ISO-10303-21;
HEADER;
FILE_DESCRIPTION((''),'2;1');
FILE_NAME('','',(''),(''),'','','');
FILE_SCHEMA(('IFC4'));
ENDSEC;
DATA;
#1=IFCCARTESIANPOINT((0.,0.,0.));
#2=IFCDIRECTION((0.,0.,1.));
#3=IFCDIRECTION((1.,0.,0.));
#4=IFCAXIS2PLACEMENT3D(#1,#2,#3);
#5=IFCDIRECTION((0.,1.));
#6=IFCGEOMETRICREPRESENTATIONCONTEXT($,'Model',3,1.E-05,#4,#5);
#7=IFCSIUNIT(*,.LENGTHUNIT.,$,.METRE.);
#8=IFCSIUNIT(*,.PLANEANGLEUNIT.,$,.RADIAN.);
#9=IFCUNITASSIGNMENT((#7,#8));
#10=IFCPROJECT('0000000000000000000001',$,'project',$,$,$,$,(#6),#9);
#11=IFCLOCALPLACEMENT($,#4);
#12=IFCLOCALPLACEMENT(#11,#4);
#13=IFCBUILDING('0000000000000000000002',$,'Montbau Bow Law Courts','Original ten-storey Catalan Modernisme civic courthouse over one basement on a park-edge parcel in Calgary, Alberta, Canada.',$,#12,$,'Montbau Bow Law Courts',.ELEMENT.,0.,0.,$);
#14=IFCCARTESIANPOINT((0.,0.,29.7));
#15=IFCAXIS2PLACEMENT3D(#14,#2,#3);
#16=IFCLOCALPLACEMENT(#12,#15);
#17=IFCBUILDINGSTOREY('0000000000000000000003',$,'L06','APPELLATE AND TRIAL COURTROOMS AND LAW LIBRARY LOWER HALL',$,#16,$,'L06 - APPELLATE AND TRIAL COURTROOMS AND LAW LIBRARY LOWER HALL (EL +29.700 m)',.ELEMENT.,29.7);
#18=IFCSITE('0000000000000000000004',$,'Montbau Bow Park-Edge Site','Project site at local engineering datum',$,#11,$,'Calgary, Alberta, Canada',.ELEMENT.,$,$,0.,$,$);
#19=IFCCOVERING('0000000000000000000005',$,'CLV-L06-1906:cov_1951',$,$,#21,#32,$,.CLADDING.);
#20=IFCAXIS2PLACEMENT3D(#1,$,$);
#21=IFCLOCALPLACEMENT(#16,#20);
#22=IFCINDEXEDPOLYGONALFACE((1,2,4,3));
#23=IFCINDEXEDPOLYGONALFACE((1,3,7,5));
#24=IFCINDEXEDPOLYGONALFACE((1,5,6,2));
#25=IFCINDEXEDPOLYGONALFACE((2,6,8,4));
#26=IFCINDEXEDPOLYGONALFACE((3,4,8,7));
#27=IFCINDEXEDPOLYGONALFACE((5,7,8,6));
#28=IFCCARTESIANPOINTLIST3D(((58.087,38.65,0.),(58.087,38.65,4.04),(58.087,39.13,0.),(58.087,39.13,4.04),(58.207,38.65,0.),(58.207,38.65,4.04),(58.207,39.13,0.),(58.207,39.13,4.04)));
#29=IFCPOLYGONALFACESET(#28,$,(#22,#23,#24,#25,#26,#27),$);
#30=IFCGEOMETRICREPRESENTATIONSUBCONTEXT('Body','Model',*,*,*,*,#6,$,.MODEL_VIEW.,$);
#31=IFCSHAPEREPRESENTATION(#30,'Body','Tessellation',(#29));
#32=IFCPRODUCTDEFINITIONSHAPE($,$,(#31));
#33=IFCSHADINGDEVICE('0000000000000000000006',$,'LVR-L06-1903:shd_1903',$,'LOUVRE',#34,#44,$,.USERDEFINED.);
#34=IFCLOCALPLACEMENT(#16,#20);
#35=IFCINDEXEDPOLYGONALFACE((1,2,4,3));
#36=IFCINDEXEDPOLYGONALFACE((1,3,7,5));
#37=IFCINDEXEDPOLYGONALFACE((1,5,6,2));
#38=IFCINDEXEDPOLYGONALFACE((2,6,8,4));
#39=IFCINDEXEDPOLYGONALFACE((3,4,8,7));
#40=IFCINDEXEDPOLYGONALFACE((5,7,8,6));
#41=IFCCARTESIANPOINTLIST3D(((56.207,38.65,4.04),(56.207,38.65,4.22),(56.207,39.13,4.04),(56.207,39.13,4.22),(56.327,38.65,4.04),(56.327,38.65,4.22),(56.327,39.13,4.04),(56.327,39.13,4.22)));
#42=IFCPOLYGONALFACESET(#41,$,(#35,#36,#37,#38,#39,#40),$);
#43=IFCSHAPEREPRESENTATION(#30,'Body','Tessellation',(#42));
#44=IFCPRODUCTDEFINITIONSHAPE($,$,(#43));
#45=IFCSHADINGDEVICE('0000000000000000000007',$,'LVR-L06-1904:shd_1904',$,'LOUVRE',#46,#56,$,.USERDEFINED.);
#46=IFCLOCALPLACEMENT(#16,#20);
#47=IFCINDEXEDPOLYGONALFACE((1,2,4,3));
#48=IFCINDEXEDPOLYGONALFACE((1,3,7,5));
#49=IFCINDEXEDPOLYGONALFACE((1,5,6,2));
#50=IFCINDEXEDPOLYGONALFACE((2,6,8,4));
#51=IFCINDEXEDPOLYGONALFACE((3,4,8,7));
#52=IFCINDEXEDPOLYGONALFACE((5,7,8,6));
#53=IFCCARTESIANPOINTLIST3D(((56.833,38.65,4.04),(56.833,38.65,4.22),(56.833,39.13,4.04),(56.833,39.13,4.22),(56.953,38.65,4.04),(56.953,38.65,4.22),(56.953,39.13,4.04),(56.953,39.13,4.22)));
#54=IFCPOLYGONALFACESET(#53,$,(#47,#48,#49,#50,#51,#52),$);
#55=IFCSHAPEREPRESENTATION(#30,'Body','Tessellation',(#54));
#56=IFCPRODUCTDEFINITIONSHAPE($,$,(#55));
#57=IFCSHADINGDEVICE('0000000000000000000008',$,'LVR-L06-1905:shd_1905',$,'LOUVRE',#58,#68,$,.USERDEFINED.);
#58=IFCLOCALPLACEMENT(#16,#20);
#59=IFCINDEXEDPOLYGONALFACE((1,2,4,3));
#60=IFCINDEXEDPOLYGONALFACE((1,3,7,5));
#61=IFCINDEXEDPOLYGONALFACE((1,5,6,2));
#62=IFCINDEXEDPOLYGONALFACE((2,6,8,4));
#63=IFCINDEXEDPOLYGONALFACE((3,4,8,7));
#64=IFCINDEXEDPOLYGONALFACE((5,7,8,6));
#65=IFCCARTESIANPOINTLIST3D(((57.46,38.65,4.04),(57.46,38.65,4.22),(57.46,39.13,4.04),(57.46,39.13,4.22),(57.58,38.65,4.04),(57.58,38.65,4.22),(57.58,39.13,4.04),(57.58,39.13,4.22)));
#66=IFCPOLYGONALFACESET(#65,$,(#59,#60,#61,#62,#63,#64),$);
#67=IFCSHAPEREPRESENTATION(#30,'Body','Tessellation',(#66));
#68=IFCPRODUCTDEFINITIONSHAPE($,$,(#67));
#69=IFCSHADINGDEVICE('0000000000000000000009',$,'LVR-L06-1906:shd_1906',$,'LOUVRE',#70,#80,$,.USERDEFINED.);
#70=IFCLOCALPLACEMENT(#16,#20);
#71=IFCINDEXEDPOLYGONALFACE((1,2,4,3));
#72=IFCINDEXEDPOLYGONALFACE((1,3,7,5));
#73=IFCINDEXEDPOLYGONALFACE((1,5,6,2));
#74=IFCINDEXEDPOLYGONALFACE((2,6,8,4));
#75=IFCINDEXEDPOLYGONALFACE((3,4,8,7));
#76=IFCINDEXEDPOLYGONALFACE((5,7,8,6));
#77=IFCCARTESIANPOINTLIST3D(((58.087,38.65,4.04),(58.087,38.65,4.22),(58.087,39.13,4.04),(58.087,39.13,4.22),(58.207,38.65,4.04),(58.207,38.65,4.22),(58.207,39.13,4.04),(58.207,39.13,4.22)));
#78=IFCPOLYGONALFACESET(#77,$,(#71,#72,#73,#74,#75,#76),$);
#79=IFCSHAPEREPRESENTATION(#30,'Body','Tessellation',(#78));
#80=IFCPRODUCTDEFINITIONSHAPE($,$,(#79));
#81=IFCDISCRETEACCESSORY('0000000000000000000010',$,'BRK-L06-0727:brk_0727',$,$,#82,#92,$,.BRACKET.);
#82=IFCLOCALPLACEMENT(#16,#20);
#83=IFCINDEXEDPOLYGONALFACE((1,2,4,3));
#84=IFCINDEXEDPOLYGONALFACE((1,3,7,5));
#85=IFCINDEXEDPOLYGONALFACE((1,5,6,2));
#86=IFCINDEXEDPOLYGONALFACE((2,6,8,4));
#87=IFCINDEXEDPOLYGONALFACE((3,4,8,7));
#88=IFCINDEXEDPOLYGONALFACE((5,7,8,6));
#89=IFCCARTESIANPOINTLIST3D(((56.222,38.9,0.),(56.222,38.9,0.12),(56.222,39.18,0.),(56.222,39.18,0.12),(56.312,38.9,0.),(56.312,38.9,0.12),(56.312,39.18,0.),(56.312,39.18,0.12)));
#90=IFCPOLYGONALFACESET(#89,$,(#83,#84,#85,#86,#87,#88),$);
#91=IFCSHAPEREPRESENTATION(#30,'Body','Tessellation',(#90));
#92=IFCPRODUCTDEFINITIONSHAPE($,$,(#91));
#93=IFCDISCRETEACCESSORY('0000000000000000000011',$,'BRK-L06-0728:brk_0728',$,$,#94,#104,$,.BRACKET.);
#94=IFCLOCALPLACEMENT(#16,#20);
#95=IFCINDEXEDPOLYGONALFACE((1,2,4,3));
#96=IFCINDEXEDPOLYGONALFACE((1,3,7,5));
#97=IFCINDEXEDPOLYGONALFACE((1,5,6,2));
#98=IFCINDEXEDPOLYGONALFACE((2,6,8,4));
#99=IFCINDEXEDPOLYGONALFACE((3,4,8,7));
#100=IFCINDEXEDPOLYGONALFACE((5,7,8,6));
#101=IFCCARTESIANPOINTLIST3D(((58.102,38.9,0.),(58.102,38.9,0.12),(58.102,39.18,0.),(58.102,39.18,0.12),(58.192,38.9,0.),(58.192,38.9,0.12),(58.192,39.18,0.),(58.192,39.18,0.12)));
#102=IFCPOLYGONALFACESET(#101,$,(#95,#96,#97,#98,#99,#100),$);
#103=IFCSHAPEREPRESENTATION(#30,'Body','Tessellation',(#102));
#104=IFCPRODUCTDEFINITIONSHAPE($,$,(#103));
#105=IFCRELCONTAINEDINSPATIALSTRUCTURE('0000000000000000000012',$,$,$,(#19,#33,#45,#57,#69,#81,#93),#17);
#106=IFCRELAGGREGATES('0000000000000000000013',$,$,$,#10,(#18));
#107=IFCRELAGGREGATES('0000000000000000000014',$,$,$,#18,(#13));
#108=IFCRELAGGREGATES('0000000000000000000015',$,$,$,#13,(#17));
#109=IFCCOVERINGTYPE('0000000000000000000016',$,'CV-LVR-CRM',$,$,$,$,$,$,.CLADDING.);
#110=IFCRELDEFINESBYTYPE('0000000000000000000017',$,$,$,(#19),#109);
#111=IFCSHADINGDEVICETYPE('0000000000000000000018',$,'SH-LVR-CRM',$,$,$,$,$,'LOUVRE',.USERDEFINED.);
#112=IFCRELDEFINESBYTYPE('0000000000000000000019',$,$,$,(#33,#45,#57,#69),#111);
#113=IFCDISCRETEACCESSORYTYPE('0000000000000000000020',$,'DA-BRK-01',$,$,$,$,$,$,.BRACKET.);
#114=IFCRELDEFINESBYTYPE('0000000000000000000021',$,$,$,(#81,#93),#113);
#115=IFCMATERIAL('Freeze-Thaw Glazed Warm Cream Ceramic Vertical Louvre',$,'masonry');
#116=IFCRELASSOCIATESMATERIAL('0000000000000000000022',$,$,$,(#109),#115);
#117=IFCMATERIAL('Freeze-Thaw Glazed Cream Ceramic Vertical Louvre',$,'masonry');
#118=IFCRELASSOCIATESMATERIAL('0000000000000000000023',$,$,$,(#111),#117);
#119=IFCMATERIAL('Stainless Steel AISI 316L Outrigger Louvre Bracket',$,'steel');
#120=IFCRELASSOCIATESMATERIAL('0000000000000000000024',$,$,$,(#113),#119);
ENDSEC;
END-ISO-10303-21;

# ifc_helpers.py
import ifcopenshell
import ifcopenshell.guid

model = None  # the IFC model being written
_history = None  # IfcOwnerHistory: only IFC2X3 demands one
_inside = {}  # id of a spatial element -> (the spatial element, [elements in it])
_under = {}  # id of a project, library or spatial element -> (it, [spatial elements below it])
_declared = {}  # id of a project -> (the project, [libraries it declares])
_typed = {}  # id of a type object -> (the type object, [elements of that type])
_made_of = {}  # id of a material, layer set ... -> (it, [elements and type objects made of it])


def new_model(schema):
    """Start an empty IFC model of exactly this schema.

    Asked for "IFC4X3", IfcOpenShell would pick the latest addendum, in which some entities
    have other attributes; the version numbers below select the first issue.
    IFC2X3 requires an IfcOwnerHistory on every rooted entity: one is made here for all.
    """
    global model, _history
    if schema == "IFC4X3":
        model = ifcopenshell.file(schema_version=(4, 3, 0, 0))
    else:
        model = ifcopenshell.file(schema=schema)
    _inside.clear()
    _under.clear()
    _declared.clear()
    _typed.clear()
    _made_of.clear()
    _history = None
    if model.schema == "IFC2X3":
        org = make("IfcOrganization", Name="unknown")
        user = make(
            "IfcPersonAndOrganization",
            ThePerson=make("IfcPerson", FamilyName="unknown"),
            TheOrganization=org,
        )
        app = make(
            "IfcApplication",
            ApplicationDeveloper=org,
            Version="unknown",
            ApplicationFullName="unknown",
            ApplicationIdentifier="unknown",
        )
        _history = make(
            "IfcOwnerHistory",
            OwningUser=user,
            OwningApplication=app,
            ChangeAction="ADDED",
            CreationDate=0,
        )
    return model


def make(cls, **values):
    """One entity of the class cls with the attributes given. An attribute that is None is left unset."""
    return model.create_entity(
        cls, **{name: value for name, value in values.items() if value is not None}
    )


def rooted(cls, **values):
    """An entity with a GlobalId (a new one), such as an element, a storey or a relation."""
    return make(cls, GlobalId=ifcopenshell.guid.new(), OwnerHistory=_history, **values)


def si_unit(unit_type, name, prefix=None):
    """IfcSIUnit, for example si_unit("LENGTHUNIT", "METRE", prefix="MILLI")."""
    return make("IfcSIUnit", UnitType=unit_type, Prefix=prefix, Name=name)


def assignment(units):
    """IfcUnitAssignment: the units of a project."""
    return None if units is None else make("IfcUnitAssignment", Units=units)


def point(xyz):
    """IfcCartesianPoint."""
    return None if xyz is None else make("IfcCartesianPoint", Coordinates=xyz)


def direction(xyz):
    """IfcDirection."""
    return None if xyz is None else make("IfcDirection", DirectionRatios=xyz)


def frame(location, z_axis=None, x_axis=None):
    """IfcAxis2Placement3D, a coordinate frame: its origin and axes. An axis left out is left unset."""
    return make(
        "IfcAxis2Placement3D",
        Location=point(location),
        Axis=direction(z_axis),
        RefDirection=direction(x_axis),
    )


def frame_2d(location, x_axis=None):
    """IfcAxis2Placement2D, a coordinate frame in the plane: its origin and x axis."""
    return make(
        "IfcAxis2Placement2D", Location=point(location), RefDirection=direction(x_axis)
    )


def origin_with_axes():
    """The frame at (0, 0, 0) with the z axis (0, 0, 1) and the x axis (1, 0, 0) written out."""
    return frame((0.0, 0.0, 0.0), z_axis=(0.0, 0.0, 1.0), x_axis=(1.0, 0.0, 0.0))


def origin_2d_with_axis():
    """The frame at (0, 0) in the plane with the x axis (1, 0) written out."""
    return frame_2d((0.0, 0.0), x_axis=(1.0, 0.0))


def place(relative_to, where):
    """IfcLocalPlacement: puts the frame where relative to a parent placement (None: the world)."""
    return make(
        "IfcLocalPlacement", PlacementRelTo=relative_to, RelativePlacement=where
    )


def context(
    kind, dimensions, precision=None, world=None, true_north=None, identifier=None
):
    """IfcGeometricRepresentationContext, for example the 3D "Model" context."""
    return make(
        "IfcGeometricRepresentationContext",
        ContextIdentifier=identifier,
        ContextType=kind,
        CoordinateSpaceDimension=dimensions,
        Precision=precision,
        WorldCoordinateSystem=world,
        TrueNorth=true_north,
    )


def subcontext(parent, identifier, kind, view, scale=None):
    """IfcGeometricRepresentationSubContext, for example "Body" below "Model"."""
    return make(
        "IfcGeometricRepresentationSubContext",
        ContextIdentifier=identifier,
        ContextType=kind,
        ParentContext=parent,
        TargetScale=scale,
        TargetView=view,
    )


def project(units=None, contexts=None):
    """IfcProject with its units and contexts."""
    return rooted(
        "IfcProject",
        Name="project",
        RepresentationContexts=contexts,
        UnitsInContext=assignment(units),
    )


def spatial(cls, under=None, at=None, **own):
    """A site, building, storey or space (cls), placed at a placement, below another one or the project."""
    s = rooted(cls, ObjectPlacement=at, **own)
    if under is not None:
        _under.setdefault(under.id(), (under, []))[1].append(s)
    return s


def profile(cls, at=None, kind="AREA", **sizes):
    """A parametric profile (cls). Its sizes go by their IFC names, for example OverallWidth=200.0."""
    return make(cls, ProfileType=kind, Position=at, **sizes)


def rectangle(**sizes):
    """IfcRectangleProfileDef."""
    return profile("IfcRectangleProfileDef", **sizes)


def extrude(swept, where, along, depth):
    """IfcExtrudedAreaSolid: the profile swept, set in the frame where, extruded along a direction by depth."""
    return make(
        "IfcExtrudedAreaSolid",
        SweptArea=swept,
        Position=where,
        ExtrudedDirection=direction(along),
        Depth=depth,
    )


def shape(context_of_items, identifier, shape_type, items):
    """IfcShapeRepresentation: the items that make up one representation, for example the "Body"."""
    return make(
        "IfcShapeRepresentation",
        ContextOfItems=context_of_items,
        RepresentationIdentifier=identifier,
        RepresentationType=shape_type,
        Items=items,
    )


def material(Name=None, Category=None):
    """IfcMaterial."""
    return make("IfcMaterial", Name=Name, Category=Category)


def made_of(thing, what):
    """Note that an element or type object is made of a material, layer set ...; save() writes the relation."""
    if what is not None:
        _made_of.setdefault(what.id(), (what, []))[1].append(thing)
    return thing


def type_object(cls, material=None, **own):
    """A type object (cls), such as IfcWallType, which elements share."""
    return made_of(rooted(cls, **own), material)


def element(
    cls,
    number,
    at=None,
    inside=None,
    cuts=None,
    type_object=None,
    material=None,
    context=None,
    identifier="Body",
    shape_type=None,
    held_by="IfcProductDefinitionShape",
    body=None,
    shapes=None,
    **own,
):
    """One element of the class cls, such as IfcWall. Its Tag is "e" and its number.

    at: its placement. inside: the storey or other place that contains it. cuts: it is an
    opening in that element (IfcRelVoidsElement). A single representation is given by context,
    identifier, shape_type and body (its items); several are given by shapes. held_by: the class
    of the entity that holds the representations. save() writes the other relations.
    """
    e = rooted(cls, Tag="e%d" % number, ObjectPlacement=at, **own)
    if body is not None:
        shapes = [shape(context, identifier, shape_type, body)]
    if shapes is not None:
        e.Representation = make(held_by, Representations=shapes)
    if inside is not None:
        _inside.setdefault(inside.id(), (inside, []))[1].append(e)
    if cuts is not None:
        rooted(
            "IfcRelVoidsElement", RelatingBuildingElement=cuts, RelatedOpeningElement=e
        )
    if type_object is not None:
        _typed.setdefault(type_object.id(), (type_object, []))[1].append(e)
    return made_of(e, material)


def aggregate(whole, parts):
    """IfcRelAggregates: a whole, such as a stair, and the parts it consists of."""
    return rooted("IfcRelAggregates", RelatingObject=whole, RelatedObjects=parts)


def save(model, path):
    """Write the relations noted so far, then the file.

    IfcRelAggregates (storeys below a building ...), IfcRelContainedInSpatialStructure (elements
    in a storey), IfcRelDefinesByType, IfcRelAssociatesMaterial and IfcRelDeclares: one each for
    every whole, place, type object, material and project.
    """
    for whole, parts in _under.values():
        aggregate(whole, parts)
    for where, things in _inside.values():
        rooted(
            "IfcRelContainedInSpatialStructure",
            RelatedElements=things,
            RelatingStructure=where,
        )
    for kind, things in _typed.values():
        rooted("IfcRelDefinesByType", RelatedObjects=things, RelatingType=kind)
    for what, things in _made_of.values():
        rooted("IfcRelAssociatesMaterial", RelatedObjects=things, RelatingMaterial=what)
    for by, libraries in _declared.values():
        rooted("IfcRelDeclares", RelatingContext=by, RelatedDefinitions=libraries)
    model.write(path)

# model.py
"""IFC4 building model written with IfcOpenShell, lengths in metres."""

from ifc_helpers import new_model, si_unit, direction, frame, frame_2d, origin_with_axes, origin_2d_with_axis, place, context, subcontext, project, spatial, rectangle, extrude, material, type_object, element, save


model = new_model("IFC4")

# Units and contexts
model_context = context("Model", 3, precision=1e-05, world=origin_with_axes(), true_north=direction((0.0, 1.0)))
body_context = subcontext(model_context, "Body", "Model", "MODEL_VIEW")
ifc_project = project(units=[si_unit("LENGTHUNIT", "METRE"), si_unit("PLANEANGLEUNIT", "RADIAN")], contexts=[model_context])

# Site, building, storey
site_placement = place(None, origin_with_axes())
site = spatial("IfcSite", under=ifc_project, at=site_placement, Name="Montbau Bow Park-Edge Site", Description="Project site at local engineering datum", LongName="Calgary, Alberta, Canada", CompositionType="ELEMENT", RefElevation=0.0)
building_placement = place(site_placement, origin_with_axes())
building = spatial("IfcBuilding", under=site, at=building_placement, Name="Montbau Bow Law Courts", Description="Original ten-storey Catalan Modernisme civic courthouse over one basement on a park-edge parcel in Calgary, Alberta, Canada.", LongName="Montbau Bow Law Courts", CompositionType="ELEMENT", ElevationOfRefHeight=0.0, ElevationOfTerrain=0.0)
storey_placement = place(building_placement, frame((0.0, 0.0, 29.7), z_axis=(0.0, 0.0, 1.0), x_axis=(1.0, 0.0, 0.0)))
storey = spatial("IfcBuildingStorey", under=building, at=storey_placement, Name="L06", Description="APPELLATE AND TRIAL COURTROOMS AND LAW LIBRARY LOWER HALL", LongName="L06 - APPELLATE AND TRIAL COURTROOMS AND LAW LIBRARY LOWER HALL (EL +29.700 m)", CompositionType="ELEMENT", Elevation=29.7)

# Covering
ifc_material_1 = material(Name="Freeze-Thaw Glazed Warm Cream Ceramic Vertical Louvre", Category="masonry")
covering_type = type_object("IfcCoveringType", Name="CV-LVR-CRM", PredefinedType="CLADDING", material=ifc_material_1)
for number, where, z_axis, x_axis, name in (
    (1, (58.147, 39.13, 29.7), (-1.0, 0.0, 0.0), (0.0, -1.0, 0.0), "CLV-L06-1906:cov_1951"),
):
    element("IfcCovering", number, at=place(None, frame(where, z_axis=z_axis, x_axis=x_axis)), inside=storey, type_object=covering_type, Name=name, PredefinedType="CLADDING", context=body_context, shape_type="SweptSolid", body=[
        extrude(rectangle(XDim=0.48, YDim=4.04, at=frame_2d((0.24, 2.02), x_axis=(1.0, 0.0))), frame((0.0, 0.0, -0.06), z_axis=(0.0, 0.0, 1.0), x_axis=(1.0, 0.0, 0.0)), (0.0, 0.0, 1.0), 0.12),
    ])

# Shading devices
ifc_material_2 = material(Name="Freeze-Thaw Glazed Cream Ceramic Vertical Louvre", Category="masonry")
shading_device_type = type_object("IfcShadingDeviceType", Name="SH-LVR-CRM", ElementType="LOUVRE", PredefinedType="USERDEFINED", material=ifc_material_2)
for number, where, z_axis, x_axis, name in (
    (2, (56.267, 38.89, 33.74), (0.0, 0.0, 1.0), (0.0, -1.0, 0.0), "LVR-L06-1903:shd_1903"),
    (3, (56.893, 38.89, 33.74), (0.0, 0.0, 1.0), (0.0, -1.0, 0.0), "LVR-L06-1904:shd_1904"),
    (4, (57.52, 38.89, 33.74), (0.0, 0.0, 1.0), (0.0, -1.0, 0.0), "LVR-L06-1905:shd_1905"),
    (5, (58.147, 38.89, 33.74), (0.0, 0.0, 1.0), (0.0, -1.0, 0.0), "LVR-L06-1906:shd_1906"),
):
    element("IfcShadingDevice", number, at=place(None, frame(where, z_axis=z_axis, x_axis=x_axis)), inside=storey, type_object=shading_device_type, Name=name, ObjectType="LOUVRE", PredefinedType="USERDEFINED", context=body_context, shape_type="SweptSolid", body=[
        extrude(rectangle(XDim=0.48, YDim=0.12, at=origin_2d_with_axis()), origin_with_axes(), (0.0, 0.0, 1.0), 0.18),
    ])

# Discrete accessories
ifc_material_3 = material(Name="Stainless Steel AISI 316L Outrigger Louvre Bracket", Category="steel")
discrete_accessory_type = type_object("IfcDiscreteAccessoryType", Name="DA-BRK-01", PredefinedType="BRACKET", material=ifc_material_3)
for number, where, z_axis, x_axis, name in (
    (6, (56.267, 39.04, 29.7), (0.0, 0.0, 1.0), (0.0, -1.0, 0.0), "BRK-L06-0727:brk_0727"),
    (7, (58.147, 39.04, 29.7), (0.0, 0.0, 1.0), (0.0, -1.0, 0.0), "BRK-L06-0728:brk_0728"),
):
    element("IfcDiscreteAccessory", number, at=place(None, frame(where, z_axis=z_axis, x_axis=x_axis)), inside=storey, type_object=discrete_accessory_type, Name=name, PredefinedType="BRACKET", context=body_context, shape_type="SweptSolid", body=[
        extrude(rectangle(XDim=0.28, YDim=0.09, at=origin_2d_with_axis()), origin_with_axes(), (0.0, 0.0, 1.0), 0.12),
    ])

save(model, "model.ifc")
